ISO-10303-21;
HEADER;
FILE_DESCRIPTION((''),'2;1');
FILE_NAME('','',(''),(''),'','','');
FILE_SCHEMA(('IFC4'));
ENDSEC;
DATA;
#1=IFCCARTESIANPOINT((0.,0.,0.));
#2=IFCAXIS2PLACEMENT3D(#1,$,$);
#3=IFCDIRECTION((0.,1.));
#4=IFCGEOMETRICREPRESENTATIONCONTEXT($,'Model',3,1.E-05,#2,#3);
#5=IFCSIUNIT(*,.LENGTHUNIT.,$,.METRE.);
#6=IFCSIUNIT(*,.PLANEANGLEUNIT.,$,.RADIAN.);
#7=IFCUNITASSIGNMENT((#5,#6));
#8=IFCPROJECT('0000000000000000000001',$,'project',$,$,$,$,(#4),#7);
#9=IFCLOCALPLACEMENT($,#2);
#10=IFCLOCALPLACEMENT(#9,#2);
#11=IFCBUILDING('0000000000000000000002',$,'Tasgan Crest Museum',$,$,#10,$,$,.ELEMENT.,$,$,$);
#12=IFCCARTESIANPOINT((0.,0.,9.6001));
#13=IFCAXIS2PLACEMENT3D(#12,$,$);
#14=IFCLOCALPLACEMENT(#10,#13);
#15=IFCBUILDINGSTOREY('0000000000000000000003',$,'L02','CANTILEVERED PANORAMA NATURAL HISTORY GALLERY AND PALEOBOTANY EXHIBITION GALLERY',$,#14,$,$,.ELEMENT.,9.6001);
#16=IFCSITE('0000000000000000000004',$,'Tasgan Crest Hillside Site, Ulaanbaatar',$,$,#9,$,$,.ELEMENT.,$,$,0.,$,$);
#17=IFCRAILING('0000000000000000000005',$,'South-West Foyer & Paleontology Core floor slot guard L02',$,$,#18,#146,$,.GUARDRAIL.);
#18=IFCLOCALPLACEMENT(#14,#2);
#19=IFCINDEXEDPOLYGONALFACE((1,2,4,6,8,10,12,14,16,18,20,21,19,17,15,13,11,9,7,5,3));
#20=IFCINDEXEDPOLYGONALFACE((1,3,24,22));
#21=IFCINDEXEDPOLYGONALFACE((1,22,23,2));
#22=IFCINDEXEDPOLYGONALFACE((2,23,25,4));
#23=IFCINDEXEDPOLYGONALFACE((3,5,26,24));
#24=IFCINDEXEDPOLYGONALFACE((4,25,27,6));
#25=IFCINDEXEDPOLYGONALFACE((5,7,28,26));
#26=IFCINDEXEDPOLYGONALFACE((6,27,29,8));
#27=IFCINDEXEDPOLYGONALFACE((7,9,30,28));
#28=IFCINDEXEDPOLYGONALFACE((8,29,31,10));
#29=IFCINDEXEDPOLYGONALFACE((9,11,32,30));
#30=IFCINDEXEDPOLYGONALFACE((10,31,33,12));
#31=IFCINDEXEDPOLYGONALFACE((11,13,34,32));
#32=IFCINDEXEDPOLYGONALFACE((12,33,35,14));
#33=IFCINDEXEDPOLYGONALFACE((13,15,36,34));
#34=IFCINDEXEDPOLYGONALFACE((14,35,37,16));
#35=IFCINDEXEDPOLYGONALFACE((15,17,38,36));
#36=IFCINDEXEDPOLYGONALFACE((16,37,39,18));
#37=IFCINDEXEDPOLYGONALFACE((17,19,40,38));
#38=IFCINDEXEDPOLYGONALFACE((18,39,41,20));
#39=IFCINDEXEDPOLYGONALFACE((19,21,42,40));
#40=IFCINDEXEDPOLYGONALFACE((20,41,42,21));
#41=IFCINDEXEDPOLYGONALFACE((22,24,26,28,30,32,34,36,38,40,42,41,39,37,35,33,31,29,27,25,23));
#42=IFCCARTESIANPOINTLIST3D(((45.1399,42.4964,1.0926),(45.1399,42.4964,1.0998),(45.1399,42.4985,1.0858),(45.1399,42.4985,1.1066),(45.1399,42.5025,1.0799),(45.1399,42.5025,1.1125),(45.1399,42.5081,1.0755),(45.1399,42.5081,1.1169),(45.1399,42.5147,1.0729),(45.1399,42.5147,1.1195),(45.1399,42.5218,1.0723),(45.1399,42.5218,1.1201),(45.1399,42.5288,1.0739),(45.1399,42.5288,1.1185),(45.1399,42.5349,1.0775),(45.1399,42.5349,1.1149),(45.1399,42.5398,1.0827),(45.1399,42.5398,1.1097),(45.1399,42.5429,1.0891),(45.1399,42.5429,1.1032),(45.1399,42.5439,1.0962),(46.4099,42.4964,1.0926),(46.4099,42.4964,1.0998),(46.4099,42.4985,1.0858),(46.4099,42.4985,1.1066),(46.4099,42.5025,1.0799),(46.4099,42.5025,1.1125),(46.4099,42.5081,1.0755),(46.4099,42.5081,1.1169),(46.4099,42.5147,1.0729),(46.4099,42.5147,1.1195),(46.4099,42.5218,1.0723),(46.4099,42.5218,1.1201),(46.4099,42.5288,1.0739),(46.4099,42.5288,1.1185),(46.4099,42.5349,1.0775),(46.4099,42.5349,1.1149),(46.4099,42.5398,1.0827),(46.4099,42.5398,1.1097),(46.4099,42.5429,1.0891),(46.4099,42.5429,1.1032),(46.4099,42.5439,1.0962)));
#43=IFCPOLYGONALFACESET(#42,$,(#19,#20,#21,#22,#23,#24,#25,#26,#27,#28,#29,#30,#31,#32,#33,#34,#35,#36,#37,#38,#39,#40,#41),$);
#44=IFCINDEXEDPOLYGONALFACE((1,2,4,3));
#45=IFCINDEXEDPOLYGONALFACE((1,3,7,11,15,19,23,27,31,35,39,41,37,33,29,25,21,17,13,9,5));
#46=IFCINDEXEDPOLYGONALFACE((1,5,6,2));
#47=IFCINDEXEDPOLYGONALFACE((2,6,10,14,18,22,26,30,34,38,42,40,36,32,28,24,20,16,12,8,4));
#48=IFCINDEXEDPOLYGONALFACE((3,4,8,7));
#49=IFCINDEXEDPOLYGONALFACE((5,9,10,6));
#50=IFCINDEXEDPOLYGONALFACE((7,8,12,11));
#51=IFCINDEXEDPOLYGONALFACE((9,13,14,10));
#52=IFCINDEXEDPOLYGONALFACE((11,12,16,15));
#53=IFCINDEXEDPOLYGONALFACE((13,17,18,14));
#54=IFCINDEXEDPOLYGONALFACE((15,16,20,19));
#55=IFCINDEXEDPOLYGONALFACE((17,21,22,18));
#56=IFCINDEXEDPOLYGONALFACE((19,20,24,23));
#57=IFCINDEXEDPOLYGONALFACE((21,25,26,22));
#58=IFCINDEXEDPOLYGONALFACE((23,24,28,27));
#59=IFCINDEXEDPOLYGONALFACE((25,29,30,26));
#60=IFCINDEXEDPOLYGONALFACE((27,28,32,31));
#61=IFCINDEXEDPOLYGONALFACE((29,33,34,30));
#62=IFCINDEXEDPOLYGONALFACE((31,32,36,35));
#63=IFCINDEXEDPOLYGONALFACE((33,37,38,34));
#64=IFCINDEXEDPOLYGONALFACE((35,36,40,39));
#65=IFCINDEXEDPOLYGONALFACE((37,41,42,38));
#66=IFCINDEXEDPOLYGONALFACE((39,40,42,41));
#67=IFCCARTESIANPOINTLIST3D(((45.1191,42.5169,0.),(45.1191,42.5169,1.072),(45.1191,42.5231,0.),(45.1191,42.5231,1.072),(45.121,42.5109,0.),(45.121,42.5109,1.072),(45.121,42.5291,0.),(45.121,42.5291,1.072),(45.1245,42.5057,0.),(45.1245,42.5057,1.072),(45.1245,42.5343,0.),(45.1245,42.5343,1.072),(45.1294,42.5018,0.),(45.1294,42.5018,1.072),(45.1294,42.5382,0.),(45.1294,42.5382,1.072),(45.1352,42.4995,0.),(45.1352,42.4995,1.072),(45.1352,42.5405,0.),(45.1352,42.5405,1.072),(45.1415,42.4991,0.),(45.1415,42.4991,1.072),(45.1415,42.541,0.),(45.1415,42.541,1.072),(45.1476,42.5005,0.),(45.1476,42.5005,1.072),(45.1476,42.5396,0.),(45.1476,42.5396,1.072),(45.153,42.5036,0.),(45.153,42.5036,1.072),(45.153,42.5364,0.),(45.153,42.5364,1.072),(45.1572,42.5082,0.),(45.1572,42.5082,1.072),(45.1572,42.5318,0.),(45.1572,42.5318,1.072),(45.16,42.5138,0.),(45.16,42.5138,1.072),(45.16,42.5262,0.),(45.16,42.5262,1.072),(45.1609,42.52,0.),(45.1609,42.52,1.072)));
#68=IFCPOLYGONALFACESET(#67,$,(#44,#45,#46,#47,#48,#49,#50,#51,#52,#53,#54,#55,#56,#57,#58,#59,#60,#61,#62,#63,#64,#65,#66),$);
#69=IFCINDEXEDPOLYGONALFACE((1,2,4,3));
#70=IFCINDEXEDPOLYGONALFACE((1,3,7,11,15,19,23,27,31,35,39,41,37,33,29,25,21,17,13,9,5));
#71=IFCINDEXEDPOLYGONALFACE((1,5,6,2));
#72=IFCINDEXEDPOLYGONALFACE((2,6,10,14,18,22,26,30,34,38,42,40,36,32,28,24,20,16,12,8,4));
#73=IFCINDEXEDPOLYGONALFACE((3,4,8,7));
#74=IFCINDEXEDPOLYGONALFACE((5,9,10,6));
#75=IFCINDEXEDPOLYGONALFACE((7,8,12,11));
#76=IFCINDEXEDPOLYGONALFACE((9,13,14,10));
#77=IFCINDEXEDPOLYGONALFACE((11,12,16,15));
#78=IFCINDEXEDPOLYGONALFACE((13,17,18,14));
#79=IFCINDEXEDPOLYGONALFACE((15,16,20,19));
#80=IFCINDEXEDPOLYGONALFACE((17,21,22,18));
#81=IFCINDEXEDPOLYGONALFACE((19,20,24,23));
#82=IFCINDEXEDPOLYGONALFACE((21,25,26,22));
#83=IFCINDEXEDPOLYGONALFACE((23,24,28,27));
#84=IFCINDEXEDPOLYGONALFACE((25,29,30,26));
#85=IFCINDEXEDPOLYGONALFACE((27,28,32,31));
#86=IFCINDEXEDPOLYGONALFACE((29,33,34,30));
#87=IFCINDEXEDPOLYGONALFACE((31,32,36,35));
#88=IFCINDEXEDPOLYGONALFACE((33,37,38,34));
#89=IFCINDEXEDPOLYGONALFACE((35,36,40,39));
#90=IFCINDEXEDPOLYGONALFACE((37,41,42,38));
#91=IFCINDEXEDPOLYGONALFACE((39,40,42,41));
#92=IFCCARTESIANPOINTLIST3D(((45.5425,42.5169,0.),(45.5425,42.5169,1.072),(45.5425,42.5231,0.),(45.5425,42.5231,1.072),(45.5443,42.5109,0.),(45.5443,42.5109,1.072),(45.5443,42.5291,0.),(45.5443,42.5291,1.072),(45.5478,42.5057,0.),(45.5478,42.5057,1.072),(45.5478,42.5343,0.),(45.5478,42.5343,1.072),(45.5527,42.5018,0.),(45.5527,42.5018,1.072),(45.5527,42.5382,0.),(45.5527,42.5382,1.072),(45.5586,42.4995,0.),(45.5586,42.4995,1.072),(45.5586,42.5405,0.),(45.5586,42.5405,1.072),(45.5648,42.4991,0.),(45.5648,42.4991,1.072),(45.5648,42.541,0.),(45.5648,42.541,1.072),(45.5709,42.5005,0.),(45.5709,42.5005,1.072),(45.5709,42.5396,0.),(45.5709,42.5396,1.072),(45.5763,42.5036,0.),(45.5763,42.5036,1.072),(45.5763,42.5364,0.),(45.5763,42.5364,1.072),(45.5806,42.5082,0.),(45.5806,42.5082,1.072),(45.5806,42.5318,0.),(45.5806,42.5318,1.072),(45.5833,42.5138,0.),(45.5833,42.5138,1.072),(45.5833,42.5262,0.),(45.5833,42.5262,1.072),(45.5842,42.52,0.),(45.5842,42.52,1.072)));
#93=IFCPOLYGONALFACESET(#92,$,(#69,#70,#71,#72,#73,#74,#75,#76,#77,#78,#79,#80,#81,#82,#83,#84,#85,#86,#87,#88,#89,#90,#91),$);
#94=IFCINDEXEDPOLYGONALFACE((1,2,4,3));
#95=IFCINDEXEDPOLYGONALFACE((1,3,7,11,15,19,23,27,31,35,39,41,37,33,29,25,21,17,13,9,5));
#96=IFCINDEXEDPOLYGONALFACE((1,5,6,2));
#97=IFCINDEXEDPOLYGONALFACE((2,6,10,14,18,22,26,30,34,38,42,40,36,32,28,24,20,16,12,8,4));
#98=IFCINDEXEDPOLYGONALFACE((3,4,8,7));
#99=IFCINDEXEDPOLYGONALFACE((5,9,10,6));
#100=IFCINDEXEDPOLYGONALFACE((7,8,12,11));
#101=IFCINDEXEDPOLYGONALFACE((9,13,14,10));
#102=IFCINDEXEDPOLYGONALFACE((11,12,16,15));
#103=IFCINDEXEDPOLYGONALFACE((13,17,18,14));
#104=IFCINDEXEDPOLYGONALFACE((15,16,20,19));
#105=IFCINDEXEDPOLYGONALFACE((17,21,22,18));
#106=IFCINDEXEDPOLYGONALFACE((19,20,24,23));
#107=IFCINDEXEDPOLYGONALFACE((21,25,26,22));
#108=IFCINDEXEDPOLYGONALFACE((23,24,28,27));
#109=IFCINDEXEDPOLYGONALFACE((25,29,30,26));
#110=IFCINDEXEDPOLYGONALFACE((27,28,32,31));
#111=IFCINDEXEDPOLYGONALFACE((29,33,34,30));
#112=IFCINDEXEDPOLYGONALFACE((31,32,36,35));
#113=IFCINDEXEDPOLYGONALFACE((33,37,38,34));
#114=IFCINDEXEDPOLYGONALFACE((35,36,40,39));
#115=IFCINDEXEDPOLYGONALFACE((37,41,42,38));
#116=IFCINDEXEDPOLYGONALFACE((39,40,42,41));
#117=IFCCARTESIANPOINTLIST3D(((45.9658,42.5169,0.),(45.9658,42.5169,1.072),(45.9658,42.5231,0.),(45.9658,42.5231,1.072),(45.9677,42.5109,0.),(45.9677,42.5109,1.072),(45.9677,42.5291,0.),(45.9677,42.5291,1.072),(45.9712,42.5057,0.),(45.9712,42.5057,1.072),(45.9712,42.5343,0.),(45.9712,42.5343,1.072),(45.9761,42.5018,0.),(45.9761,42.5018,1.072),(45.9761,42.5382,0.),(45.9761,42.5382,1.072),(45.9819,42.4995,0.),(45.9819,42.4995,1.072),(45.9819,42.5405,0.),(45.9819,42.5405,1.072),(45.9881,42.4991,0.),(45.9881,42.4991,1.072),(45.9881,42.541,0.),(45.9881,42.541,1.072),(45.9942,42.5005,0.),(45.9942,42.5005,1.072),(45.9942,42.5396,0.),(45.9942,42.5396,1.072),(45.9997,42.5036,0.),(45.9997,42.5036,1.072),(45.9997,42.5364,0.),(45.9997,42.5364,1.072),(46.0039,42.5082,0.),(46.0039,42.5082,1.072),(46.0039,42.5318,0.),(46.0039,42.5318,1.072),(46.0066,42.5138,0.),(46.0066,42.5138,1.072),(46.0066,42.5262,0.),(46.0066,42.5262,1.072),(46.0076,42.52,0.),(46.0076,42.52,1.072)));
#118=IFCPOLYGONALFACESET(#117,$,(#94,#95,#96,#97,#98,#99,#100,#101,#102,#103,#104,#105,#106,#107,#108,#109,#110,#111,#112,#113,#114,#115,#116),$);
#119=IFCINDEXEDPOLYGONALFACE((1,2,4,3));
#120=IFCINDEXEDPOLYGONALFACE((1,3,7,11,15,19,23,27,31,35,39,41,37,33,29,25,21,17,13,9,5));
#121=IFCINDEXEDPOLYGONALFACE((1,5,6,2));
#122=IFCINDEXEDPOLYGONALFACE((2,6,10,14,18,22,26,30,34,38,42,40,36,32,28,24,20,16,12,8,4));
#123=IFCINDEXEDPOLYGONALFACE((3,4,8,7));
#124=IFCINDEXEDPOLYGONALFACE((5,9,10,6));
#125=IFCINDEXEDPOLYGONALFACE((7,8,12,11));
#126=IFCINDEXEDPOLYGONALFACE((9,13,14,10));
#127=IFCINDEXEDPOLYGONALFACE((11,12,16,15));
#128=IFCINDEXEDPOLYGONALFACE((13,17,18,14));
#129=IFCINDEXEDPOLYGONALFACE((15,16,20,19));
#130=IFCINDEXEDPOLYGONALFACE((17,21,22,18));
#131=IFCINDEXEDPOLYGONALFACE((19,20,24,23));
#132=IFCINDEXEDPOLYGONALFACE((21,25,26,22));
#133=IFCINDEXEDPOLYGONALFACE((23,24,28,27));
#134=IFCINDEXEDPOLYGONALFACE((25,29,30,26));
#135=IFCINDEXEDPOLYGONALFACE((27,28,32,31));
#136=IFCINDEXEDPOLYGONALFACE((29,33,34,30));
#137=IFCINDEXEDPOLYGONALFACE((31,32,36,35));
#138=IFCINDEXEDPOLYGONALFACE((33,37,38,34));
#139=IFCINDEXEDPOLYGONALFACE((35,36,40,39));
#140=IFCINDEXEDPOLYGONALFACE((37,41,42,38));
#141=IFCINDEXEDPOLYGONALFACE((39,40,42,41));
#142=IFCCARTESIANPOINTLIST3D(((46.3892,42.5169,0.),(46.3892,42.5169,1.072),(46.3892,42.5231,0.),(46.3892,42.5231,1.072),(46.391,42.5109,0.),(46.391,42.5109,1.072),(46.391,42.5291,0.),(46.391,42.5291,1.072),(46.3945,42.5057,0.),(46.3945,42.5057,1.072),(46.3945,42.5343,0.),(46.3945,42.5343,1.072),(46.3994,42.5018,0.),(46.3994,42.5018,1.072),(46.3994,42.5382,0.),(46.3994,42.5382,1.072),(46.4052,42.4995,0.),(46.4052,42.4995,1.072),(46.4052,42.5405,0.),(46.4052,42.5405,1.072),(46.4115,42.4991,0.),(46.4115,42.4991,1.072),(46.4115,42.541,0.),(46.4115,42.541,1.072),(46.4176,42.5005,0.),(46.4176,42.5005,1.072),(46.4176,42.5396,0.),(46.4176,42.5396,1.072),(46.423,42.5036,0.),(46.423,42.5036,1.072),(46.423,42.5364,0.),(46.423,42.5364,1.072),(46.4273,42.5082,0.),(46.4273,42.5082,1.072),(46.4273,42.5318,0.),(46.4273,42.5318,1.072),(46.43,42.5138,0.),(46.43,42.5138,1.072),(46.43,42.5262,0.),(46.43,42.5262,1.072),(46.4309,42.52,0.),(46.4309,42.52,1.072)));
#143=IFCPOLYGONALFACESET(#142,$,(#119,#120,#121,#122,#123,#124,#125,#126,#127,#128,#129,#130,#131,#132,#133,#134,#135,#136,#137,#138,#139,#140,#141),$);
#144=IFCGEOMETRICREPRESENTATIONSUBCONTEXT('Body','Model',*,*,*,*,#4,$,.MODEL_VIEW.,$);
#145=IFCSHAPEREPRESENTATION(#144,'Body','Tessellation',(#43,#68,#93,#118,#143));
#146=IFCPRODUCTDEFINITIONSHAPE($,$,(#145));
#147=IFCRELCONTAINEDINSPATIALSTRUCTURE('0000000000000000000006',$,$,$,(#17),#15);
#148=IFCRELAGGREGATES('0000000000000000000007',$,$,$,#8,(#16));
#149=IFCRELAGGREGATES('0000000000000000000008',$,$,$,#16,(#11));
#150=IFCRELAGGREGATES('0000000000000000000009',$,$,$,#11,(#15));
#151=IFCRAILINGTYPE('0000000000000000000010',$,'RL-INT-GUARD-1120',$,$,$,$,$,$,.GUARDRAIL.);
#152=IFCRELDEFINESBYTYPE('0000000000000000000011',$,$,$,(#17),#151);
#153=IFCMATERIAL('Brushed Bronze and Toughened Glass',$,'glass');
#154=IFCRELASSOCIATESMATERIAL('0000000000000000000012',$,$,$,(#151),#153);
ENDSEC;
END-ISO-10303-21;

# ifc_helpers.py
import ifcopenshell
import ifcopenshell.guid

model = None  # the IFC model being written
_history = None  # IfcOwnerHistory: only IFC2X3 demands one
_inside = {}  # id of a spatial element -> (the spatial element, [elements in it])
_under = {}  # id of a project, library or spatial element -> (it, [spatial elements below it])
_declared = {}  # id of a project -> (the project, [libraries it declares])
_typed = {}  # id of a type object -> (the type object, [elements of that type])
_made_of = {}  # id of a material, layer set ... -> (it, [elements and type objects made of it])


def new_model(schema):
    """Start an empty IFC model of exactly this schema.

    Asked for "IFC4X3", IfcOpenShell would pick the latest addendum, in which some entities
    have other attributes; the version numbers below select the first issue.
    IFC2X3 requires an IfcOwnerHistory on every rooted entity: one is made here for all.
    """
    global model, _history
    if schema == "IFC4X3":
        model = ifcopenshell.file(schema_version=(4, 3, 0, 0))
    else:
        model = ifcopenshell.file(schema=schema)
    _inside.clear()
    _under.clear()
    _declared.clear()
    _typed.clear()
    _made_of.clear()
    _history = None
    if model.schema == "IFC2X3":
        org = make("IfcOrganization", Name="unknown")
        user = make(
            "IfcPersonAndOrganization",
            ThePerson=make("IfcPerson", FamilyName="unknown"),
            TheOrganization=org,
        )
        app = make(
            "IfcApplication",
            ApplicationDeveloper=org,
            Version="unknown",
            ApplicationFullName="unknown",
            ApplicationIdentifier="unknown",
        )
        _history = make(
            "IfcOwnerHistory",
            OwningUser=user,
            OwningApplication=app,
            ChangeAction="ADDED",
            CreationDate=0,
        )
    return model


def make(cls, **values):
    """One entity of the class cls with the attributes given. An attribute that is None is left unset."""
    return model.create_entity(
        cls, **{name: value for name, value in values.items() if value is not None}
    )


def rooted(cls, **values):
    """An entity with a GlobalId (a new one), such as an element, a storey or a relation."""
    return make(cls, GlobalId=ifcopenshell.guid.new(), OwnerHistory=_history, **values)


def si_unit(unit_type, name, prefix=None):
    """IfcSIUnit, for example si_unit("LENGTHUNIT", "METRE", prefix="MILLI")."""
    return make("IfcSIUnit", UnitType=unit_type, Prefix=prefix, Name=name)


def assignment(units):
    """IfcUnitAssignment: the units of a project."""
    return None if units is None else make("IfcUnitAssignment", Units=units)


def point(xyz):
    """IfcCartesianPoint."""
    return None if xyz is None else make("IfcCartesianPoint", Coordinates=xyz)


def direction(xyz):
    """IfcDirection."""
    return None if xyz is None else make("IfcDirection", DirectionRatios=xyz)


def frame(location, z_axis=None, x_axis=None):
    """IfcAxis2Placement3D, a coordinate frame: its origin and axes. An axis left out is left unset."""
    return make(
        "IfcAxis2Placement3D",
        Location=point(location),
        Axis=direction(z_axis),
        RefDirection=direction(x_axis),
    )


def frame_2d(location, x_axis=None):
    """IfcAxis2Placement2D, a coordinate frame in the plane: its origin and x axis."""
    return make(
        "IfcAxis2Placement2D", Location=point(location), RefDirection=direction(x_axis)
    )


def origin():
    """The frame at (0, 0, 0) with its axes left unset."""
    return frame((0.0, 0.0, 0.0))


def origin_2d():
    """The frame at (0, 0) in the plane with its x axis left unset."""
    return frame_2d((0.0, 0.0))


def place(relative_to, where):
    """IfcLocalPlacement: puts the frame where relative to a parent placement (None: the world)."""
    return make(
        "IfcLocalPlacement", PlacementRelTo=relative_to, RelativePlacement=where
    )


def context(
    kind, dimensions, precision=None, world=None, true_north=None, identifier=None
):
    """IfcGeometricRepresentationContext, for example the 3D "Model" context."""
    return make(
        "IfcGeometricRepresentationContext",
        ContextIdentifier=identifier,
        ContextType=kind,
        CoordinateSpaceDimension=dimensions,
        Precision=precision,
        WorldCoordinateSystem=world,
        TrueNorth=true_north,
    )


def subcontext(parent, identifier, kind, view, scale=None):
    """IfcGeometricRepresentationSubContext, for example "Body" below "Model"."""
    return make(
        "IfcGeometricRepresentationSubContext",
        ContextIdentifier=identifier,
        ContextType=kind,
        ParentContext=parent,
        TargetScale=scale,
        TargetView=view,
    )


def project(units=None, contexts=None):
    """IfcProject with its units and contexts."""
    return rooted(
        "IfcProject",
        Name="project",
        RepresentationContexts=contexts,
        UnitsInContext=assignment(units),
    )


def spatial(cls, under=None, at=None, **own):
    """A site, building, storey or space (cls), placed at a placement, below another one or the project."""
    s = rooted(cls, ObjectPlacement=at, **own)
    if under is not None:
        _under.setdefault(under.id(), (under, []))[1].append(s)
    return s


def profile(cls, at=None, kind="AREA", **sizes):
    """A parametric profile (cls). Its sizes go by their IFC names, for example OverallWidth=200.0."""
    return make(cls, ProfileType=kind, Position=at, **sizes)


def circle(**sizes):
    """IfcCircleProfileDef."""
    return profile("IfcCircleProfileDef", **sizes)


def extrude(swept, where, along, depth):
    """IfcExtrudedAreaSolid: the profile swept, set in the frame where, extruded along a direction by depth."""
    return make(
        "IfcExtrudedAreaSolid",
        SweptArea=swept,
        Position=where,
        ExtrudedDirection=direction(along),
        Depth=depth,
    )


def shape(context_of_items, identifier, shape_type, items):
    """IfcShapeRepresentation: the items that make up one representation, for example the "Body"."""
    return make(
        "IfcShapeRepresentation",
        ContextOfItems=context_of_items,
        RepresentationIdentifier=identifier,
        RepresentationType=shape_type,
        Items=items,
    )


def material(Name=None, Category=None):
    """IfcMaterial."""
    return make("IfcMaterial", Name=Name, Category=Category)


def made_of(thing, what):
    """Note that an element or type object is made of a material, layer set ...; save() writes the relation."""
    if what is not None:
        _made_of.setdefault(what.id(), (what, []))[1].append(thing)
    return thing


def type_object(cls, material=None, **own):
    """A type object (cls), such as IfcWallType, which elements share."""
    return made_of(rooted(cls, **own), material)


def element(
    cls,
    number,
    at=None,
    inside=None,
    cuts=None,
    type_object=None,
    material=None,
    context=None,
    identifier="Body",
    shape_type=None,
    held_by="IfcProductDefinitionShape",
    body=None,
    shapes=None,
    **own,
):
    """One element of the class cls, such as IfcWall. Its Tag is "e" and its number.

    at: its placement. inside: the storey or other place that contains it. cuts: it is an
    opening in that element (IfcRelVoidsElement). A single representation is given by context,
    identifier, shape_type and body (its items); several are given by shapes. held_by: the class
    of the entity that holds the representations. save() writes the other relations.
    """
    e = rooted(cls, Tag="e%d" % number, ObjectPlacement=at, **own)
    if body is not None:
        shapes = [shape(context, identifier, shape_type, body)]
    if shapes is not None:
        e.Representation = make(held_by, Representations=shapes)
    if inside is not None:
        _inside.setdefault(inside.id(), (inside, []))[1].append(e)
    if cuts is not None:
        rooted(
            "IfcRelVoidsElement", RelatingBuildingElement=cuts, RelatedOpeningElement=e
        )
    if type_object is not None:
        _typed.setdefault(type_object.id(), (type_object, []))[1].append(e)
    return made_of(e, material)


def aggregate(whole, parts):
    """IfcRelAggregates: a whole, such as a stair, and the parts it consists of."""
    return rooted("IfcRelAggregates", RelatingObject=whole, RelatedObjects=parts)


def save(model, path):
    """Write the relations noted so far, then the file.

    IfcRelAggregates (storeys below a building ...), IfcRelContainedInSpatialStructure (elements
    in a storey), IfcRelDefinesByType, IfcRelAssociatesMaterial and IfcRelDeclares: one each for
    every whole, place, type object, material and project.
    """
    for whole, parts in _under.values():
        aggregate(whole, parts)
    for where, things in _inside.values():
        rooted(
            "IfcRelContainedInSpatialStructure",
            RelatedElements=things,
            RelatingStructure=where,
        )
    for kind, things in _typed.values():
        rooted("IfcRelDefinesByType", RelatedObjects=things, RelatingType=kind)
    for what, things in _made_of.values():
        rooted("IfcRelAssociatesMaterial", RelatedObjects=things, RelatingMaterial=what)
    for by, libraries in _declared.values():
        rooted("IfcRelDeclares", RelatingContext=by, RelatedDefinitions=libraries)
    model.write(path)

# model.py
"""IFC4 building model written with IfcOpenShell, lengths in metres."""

from ifc_helpers import new_model, si_unit, direction, frame, origin, origin_2d, place, context, subcontext, project, spatial, circle, extrude, material, type_object, element, save


model = new_model("IFC4")

# Units and contexts
model_context = context("Model", 3, precision=1e-05, world=origin(), true_north=direction((0.0, 1.0)))
body_context = subcontext(model_context, "Body", "Model", "MODEL_VIEW")
ifc_project = project(units=[si_unit("LENGTHUNIT", "METRE"), si_unit("PLANEANGLEUNIT", "RADIAN")], contexts=[model_context])

# Site, building, storey
site_placement = place(None, origin())
site = spatial("IfcSite", under=ifc_project, at=site_placement, Name="Tasgan Crest Hillside Site, Ulaanbaatar", CompositionType="ELEMENT", RefElevation=0.0)
building_placement = place(site_placement, origin())
building = spatial("IfcBuilding", under=site, at=building_placement, Name="Tasgan Crest Museum", CompositionType="ELEMENT")
storey_placement = place(building_placement, frame((0.0, 0.0, 9.6001)))
storey = spatial("IfcBuildingStorey", under=building, at=storey_placement, Name="L02", Description="CANTILEVERED PANORAMA NATURAL HISTORY GALLERY AND PALEOBOTANY EXHIBITION GALLERY", CompositionType="ELEMENT", Elevation=9.6001)

# Railing
ifc_material_1 = material(Name="Brushed Bronze and Toughened Glass", Category="glass")
railing_type_1 = type_object("IfcRailingType", Name="RL-INT-GUARD-1120", PredefinedType="GUARDRAIL", material=ifc_material_1)
railing_1_placement = place(storey_placement, frame((45.1399, 42.52, 0.0)))
element("IfcRailing", 1, at=railing_1_placement, inside=storey, type_object=railing_type_1, Name="South-West Foyer & Paleontology Core floor slot guard L02", PredefinedType="GUARDRAIL", context=body_context, shape_type="SweptSolid", body=[
    extrude(circle(Radius=0.0239, at=origin_2d()), frame((0.0, 0.0, 1.0962), z_axis=(1.0, 0.0, 0.0), x_axis=(0.0, 1.0, 0.0)), (0.0, 0.0, 1.0), 1.27),
    extrude(circle(Radius=0.021, at=origin_2d()), origin(), (0.0, 0.0, 1.0), 1.072),
    extrude(circle(Radius=0.021, at=origin_2d()), frame((0.4233, 0.0, 0.0)), (0.0, 0.0, 1.0), 1.072),
    extrude(circle(Radius=0.021, at=origin_2d()), frame((0.8467, 0.0, 0.0)), (0.0, 0.0, 1.0), 1.072),
    extrude(circle(Radius=0.021, at=origin_2d()), frame((1.27, 0.0, 0.0)), (0.0, 0.0, 1.0), 1.072),
])

save(model, "model.ifc")
